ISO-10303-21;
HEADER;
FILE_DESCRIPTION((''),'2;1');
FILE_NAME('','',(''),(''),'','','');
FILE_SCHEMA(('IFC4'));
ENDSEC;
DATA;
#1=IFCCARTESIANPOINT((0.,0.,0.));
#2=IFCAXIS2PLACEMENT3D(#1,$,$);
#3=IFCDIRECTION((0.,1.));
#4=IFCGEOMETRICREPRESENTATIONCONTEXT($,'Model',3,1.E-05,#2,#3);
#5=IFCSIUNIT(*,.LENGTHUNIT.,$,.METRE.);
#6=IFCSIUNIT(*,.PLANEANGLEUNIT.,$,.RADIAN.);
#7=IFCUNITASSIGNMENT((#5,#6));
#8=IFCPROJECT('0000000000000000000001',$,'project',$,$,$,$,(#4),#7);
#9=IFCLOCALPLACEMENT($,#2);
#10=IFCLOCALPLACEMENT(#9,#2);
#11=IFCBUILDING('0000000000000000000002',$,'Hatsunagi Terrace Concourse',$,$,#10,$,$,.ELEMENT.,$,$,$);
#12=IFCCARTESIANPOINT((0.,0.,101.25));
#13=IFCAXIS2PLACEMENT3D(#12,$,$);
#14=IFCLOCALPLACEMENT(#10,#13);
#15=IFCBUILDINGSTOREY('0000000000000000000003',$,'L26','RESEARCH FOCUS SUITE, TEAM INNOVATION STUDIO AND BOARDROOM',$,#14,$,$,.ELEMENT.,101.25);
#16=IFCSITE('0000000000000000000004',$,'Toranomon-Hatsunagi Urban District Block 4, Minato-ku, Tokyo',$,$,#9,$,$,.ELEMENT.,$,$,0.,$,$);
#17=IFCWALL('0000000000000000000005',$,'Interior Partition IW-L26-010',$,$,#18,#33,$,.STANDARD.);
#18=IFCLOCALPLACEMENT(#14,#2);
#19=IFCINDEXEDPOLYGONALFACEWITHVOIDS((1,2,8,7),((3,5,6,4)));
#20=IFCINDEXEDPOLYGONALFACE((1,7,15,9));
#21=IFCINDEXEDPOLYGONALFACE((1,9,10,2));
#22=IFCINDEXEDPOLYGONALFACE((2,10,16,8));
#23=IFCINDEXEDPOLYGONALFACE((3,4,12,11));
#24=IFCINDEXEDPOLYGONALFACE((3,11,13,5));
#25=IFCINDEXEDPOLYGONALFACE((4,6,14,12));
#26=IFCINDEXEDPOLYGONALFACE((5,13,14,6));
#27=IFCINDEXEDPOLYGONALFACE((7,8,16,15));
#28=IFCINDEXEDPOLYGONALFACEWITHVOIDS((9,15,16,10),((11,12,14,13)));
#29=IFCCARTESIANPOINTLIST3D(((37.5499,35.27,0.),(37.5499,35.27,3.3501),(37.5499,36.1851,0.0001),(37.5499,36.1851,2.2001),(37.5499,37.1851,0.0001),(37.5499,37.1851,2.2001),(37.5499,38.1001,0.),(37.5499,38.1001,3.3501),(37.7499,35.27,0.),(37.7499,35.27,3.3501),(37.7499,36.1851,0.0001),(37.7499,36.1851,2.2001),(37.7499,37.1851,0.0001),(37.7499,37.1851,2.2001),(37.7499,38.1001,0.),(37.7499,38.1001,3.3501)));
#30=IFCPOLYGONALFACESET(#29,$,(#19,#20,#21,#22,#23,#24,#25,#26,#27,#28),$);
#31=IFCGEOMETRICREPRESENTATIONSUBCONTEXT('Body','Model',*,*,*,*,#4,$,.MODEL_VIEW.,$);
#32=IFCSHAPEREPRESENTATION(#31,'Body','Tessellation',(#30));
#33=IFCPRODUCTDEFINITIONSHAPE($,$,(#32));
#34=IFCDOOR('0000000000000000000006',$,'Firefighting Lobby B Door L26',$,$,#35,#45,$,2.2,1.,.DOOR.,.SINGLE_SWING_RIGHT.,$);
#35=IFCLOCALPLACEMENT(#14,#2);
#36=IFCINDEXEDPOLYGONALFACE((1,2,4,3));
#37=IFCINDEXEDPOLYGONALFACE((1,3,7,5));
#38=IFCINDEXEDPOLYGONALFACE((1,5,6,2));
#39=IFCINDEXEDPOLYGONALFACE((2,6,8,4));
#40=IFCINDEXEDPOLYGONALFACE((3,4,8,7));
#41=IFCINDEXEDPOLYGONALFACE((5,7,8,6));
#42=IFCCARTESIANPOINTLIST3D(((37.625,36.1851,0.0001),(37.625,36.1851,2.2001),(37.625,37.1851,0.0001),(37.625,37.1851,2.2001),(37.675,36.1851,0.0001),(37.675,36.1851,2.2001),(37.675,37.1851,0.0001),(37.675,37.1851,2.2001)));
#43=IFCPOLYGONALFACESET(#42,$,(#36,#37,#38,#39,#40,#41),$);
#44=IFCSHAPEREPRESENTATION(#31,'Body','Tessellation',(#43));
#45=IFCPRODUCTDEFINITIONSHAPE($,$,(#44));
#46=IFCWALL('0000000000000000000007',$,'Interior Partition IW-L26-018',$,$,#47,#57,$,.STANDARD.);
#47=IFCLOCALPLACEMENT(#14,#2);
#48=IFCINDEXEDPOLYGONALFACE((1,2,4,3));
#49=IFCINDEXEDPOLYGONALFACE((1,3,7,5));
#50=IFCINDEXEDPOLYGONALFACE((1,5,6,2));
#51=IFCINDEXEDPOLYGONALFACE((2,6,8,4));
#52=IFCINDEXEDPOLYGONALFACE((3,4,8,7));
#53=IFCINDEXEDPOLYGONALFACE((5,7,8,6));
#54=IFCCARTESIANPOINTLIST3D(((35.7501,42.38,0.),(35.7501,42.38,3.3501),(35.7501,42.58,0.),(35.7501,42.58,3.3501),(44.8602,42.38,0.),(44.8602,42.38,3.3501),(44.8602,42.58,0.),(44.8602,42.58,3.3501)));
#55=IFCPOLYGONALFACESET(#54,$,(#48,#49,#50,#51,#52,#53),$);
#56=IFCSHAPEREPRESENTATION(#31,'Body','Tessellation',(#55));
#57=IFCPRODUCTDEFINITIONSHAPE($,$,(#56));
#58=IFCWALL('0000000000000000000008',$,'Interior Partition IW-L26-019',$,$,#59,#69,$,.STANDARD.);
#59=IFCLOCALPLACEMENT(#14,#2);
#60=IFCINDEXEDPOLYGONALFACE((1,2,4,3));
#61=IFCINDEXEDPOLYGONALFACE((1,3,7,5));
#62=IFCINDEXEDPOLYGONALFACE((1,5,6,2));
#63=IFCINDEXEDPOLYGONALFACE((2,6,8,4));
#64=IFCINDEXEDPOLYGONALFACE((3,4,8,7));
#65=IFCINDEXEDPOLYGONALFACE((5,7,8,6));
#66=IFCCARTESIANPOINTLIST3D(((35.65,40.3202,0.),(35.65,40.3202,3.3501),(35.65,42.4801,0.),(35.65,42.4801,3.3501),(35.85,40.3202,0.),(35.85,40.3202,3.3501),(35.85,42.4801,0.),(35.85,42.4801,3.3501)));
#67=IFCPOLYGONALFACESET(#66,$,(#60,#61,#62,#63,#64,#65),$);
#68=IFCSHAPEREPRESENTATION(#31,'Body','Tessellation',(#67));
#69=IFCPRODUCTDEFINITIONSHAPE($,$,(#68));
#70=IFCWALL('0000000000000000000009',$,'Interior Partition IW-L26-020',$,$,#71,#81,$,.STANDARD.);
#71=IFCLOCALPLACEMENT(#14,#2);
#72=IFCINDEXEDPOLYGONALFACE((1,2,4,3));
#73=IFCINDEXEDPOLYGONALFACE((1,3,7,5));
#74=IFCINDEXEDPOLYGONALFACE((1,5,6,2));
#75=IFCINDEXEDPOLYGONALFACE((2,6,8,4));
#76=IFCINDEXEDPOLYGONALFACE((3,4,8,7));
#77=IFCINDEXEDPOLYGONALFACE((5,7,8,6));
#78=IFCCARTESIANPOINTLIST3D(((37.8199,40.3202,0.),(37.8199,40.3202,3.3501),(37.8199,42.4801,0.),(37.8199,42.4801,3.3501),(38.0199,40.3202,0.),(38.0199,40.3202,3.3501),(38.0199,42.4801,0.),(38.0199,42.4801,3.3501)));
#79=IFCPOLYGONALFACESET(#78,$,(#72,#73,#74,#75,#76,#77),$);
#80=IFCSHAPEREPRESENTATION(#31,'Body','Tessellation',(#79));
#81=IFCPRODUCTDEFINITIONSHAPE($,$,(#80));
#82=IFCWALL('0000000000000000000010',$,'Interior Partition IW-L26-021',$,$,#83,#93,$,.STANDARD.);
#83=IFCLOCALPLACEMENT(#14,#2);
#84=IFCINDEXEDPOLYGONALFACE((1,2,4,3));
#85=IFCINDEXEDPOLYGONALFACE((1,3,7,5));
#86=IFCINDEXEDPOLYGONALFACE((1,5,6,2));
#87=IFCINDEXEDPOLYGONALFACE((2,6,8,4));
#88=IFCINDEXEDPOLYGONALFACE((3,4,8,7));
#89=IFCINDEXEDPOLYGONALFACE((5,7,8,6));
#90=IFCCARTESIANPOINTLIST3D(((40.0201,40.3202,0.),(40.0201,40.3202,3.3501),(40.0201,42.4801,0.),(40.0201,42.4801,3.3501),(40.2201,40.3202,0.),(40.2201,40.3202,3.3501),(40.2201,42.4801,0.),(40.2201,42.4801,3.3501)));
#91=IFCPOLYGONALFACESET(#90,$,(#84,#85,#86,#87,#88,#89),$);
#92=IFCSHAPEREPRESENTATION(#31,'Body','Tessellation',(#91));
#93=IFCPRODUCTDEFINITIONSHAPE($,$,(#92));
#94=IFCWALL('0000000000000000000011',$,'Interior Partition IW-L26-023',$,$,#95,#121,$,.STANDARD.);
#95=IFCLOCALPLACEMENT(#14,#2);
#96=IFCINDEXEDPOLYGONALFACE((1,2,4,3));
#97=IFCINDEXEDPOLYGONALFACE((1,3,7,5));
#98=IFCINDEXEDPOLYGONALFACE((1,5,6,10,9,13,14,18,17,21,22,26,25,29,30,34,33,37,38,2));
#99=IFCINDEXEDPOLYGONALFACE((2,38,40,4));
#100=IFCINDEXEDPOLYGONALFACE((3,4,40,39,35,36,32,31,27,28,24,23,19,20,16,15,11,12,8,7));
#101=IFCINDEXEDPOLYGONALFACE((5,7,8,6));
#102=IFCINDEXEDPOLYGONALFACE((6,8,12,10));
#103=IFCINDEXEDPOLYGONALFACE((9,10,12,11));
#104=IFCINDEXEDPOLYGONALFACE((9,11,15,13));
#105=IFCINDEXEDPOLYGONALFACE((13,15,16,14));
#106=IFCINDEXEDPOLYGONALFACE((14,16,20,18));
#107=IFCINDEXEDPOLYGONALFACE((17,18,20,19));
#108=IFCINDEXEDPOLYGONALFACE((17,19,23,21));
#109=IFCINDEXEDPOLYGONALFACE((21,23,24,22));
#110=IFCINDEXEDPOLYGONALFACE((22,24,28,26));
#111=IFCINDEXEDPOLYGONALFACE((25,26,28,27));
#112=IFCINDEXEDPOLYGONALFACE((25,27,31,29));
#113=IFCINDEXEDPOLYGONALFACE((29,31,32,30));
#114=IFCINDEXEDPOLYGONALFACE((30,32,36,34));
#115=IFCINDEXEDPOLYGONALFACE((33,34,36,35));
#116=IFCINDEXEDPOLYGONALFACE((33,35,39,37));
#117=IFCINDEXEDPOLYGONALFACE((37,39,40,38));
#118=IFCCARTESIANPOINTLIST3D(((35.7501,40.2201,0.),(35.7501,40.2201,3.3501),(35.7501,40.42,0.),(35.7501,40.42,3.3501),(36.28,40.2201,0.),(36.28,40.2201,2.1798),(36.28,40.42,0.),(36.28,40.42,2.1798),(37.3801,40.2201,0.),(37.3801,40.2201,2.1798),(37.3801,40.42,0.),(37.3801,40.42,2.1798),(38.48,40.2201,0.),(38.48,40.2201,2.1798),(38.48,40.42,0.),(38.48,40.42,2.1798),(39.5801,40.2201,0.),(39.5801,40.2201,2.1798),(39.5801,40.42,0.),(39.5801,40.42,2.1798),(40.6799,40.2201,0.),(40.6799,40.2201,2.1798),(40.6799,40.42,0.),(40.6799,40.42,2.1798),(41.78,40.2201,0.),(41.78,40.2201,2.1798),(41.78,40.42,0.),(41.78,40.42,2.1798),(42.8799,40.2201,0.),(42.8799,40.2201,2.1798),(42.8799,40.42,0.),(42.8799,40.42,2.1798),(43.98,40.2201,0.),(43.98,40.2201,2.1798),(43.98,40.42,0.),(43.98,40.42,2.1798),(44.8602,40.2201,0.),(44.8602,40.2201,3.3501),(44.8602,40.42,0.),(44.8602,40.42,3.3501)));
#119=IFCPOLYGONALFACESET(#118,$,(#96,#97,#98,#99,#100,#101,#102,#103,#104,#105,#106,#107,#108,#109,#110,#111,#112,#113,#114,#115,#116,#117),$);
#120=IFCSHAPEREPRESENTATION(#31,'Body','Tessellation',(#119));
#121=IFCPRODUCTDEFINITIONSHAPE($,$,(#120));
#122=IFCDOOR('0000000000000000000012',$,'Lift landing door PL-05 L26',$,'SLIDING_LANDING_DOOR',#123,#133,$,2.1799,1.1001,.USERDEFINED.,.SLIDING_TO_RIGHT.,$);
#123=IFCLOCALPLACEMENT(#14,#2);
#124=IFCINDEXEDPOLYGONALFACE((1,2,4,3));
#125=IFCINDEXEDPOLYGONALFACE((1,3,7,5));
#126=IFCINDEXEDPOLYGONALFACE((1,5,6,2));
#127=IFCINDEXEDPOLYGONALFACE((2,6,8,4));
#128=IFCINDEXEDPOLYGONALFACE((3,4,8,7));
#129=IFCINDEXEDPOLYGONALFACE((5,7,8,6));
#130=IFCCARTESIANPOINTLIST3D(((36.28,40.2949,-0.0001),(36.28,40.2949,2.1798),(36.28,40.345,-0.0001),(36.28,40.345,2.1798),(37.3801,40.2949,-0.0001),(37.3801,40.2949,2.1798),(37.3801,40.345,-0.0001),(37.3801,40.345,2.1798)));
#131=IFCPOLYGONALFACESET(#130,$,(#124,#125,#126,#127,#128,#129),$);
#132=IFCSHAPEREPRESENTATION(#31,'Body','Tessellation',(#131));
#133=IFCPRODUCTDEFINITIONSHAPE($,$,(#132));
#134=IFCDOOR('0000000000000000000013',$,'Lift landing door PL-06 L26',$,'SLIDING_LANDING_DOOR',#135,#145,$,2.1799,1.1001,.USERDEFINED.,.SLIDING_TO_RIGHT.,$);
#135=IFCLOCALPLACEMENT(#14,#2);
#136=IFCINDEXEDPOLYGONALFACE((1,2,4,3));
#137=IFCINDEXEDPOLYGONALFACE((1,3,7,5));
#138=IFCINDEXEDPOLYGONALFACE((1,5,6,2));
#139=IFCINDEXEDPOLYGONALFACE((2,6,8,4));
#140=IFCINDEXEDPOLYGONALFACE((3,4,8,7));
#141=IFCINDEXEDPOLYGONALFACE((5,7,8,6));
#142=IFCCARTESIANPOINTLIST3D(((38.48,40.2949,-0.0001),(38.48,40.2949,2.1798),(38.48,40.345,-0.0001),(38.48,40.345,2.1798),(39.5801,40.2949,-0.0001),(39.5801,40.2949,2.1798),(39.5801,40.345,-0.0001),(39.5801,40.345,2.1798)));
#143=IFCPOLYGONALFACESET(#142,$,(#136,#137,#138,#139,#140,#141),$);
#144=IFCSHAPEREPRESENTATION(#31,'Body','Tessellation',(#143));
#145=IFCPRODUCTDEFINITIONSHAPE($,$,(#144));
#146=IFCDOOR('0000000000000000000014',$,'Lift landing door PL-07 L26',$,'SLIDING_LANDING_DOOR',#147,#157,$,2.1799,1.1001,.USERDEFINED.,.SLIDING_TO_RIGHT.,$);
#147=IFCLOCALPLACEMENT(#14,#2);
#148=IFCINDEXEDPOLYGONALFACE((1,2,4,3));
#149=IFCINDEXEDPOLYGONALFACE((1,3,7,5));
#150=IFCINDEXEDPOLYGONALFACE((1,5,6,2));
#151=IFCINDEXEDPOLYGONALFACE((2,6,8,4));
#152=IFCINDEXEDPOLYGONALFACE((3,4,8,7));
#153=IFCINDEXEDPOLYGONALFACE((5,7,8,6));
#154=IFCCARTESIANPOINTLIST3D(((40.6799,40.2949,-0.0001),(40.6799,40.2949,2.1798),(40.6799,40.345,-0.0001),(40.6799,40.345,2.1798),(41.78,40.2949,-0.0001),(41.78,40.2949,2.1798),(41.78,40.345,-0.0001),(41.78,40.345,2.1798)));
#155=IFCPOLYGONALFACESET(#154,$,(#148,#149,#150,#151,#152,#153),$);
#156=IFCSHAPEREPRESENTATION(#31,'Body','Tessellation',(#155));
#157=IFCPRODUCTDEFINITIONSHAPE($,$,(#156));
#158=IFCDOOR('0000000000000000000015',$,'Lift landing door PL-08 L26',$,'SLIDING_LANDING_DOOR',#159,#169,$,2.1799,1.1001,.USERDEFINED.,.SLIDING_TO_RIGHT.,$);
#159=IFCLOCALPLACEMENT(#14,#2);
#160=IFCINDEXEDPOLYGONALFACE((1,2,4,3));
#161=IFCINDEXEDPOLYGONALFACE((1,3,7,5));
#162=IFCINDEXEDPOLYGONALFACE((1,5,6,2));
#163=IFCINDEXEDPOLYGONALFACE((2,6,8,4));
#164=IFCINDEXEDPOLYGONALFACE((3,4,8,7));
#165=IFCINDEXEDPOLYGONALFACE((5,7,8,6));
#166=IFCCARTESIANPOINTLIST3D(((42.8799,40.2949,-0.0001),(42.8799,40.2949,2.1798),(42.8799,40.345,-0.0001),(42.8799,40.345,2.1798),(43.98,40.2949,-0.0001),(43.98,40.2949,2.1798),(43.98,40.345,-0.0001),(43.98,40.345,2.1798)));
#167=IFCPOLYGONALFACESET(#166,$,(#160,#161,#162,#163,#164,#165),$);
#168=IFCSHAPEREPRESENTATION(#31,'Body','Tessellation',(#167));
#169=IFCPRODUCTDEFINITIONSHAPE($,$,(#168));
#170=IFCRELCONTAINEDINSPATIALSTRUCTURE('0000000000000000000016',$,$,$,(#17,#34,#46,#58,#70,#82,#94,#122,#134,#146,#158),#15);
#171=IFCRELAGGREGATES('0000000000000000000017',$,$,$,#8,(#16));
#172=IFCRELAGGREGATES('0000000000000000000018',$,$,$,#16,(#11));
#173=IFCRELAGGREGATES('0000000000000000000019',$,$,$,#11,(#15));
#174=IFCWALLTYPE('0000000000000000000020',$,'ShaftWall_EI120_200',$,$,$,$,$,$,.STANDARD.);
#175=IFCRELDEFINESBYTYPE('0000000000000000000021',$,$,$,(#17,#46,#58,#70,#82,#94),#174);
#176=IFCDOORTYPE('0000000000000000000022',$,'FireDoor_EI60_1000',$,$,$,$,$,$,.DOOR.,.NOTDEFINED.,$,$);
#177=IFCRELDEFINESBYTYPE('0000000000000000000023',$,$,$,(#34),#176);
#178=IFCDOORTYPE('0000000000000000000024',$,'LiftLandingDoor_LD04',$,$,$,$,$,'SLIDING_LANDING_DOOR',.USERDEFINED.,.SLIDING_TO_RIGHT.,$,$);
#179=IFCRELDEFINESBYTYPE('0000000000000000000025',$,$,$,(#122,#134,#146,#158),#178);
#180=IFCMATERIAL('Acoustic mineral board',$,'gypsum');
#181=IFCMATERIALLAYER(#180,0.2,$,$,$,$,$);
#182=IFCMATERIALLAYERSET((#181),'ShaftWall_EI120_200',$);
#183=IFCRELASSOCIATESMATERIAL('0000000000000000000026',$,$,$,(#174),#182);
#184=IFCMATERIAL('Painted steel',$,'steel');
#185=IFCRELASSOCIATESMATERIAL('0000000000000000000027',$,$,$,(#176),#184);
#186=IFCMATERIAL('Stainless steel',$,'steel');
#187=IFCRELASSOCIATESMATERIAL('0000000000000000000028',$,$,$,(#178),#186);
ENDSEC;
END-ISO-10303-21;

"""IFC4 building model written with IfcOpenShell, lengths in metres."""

from ifc_helpers import new_model, si_unit, direction, frame, frame_2d, origin, place, context, subcontext, project, spatial, rectangle, extrude, material, layer, layer_set, type_object, element, fill, save


model = new_model("IFC4")

# Units and contexts
model_context = context("Model", 3, precision=1e-05, world=origin(), true_north=direction((0.0, 1.0)))
body_context = subcontext(model_context, "Body", "Model", "MODEL_VIEW")
ifc_project = project(units=[si_unit("LENGTHUNIT", "METRE"), si_unit("PLANEANGLEUNIT", "RADIAN")], contexts=[model_context])

# Site, building, storey
site_placement = place(None, origin())
site = spatial("IfcSite", under=ifc_project, at=site_placement, Name="Toranomon-Hatsunagi Urban District Block 4, Minato-ku, Tokyo", CompositionType="ELEMENT", RefElevation=0.0)
building_placement = place(site_placement, origin())
building = spatial("IfcBuilding", under=site, at=building_placement, Name="Hatsunagi Terrace Concourse", CompositionType="ELEMENT")
storey_placement = place(building_placement, frame((0.0, 0.0, 101.25)))
storey = spatial("IfcBuildingStorey", under=building, at=storey_placement, Name="L26", Description="RESEARCH FOCUS SUITE, TEAM INNOVATION STUDIO AND BOARDROOM", CompositionType="ELEMENT", Elevation=101.25)

# Shared definitions
ifc_material_1 = material(Name="Acoustic mineral board", Category="gypsum")
ifc_layer_1 = layer(ifc_material_1, 0.2)
ifc_layer_set_1 = layer_set([ifc_layer_1], Name="ShaftWall_EI120_200")
wall_type_1 = type_object("IfcWallType", Name="ShaftWall_EI120_200", PredefinedType="STANDARD", material=ifc_layer_set_1)

# Wall, opening, door
wall_1_placement = place(storey_placement, frame((37.6499, 35.27, 0.0), z_axis=(0.0, 0.0, 1.0), x_axis=(0.0, 1.0, 0.0)))
wall_1 = element("IfcWall", 1, at=wall_1_placement, inside=storey, type_object=wall_type_1, Name="Interior Partition IW-L26-010", PredefinedType="STANDARD", context=body_context, shape_type="SweptSolid", body=[
    extrude(rectangle(XDim=2.8301, YDim=0.2, at=frame_2d((1.415, 0.0))), origin(), (0.0, 0.0, 1.0), 3.3501),
])
opening_1_placement = place(wall_1_placement, frame((0.915, 0.0, 0.0)))
opening_1 = element("IfcOpeningElement", 2, at=opening_1_placement, cuts=wall_1, PredefinedType="OPENING", context=body_context, shape_type="SweptSolid", body=[
    extrude(rectangle(XDim=1.0, YDim=2.2, at=frame_2d((0.5, 1.1001))), frame((0.0, 0.1099, 0.0), z_axis=(0.0, -1.0, 0.0), x_axis=(1.0, 0.0, 0.0)), (0.0, 0.0, 1.0), 0.22),
])
ifc_material_2 = material(Name="Painted steel", Category="steel")
door_type_1 = type_object("IfcDoorType", Name="FireDoor_EI60_1000", OperationType="NOTDEFINED", PredefinedType="DOOR", material=ifc_material_2)
door_1_placement = place(opening_1_placement, origin())
door_1 = element("IfcDoor", 3, at=door_1_placement, inside=storey, type_object=door_type_1, Name="Firefighting Lobby B Door L26", OperationType="SINGLE_SWING_RIGHT", OverallHeight=2.2, OverallWidth=1.0, PredefinedType="DOOR", context=body_context, shape_type="SweptSolid", body=[
    extrude(rectangle(XDim=1.0, YDim=2.2, at=frame_2d((0.5, 1.1001))), frame((0.0, 0.0249, 0.0), z_axis=(0.0, -1.0, 0.0), x_axis=(1.0, 0.0, 0.0)), (0.0, 0.0, 1.0), 0.05),
])
fill(opening_1, door_1)

# Walls
wall_2_placement = place(storey_placement, frame((35.75, 42.48, 0.0), z_axis=(0.0, 0.0, 1.0), x_axis=(1.0, 0.0, 0.0)))
element("IfcWall", 4, at=wall_2_placement, inside=storey, type_object=wall_type_1, Name="Interior Partition IW-L26-018", PredefinedType="STANDARD", context=body_context, shape_type="SweptSolid", body=[
    extrude(rectangle(XDim=9.1101, YDim=0.2, at=frame_2d((4.5552, 0.0))), origin(), (0.0, 0.0, 1.0), 3.3501),
])
for number, where, z_axis, x_axis, name in (
    (5, (35.75, 40.3201, 0.0), (0.0, 0.0, 1.0), (0.0, 1.0, 0.0), "Interior Partition IW-L26-019"),
    (6, (37.9199, 40.3201, 0.0), (0.0, 0.0, 1.0), (0.0, 1.0, 0.0), "Interior Partition IW-L26-020"),
    (7, (40.1201, 40.3201, 0.0), (0.0, 0.0, 1.0), (0.0, 1.0, 0.0), "Interior Partition IW-L26-021"),
):
    element("IfcWall", number, at=place(storey_placement, frame(where, z_axis=z_axis, x_axis=x_axis)), inside=storey, type_object=wall_type_1, Name=name, PredefinedType="STANDARD", context=body_context, shape_type="SweptSolid", body=[
        extrude(rectangle(XDim=2.1599, YDim=0.2, at=frame_2d((1.0801, 0.0))), origin(), (0.0, 0.0, 1.0), 3.3501),
    ])

# Wall, openings, doors
wall_3_placement = place(storey_placement, frame((35.75, 40.3201, 0.0), z_axis=(0.0, 0.0, 1.0), x_axis=(1.0, 0.0, 0.0)))
wall_3 = element("IfcWall", 8, at=wall_3_placement, inside=storey, type_object=wall_type_1, Name="Interior Partition IW-L26-023", PredefinedType="STANDARD", context=body_context, shape_type="SweptSolid", body=[
    extrude(rectangle(XDim=9.1101, YDim=0.2, at=frame_2d((4.5552, 0.0))), origin(), (0.0, 0.0, 1.0), 3.3501),
])
opening_2_placement = place(wall_3_placement, frame((0.53, 0.0, 0.0)))
opening_2 = element("IfcOpeningElement", 9, at=opening_2_placement, cuts=wall_3, PredefinedType="OPENING", context=body_context, shape_type="SweptSolid", body=[
    extrude(rectangle(XDim=1.1001, YDim=2.1799, at=frame_2d((0.55, 1.0898))), frame((0.0, 0.1099, 0.0), z_axis=(0.0, -1.0, 0.0), x_axis=(1.0, 0.0, 0.0)), (0.0, 0.0, 1.0), 0.22),
])
opening_3_placement = place(wall_3_placement, frame((2.73, 0.0, 0.0)))
opening_3 = element("IfcOpeningElement", 10, at=opening_3_placement, cuts=wall_3, PredefinedType="OPENING", context=body_context, shape_type="SweptSolid", body=[
    extrude(rectangle(XDim=1.1001, YDim=2.1799, at=frame_2d((0.55, 1.0898))), frame((0.0, 0.1099, 0.0), z_axis=(0.0, -1.0, 0.0), x_axis=(1.0, 0.0, 0.0)), (0.0, 0.0, 1.0), 0.22),
])
opening_4_placement = place(wall_3_placement, frame((4.9299, 0.0, 0.0)))
opening_4 = element("IfcOpeningElement", 11, at=opening_4_placement, cuts=wall_3, PredefinedType="OPENING", context=body_context, shape_type="SweptSolid", body=[
    extrude(rectangle(XDim=1.1001, YDim=2.1799, at=frame_2d((0.55, 1.0898))), frame((0.0, 0.1099, 0.0), z_axis=(0.0, -1.0, 0.0), x_axis=(1.0, 0.0, 0.0)), (0.0, 0.0, 1.0), 0.22),
])
opening_5_placement = place(wall_3_placement, frame((7.1299, 0.0, 0.0)))
opening_5 = element("IfcOpeningElement", 12, at=opening_5_placement, cuts=wall_3, PredefinedType="OPENING", context=body_context, shape_type="SweptSolid", body=[
    extrude(rectangle(XDim=1.1001, YDim=2.1799, at=frame_2d((0.55, 1.0898))), frame((0.0, 0.1099, 0.0), z_axis=(0.0, -1.0, 0.0), x_axis=(1.0, 0.0, 0.0)), (0.0, 0.0, 1.0), 0.22),
])
ifc_material_3 = material(Name="Stainless steel", Category="steel")
door_type_2 = type_object("IfcDoorType", Name="LiftLandingDoor_LD04", ElementType="SLIDING_LANDING_DOOR", OperationType="SLIDING_TO_RIGHT", PredefinedType="USERDEFINED", material=ifc_material_3)
door_2_placement = place(opening_2_placement, origin())
door_2 = element("IfcDoor", 13, at=door_2_placement, inside=storey, type_object=door_type_2, Name="Lift landing door PL-05 L26", ObjectType="SLIDING_LANDING_DOOR", OperationType="SLIDING_TO_RIGHT", OverallHeight=2.1799, OverallWidth=1.1001, PredefinedType="USERDEFINED", context=body_context, shape_type="SweptSolid", body=[
    extrude(rectangle(XDim=1.1001, YDim=2.1799, at=frame_2d((0.55, 1.0898))), frame((0.0, 0.0249, 0.0), z_axis=(0.0, -1.0, 0.0), x_axis=(1.0, 0.0, 0.0)), (0.0, 0.0, 1.0), 0.05),
])
fill(opening_2, door_2)
door_3_placement = place(opening_3_placement, origin())
door_3 = element("IfcDoor", 14, at=door_3_placement, inside=storey, type_object=door_type_2, Name="Lift landing door PL-06 L26", ObjectType="SLIDING_LANDING_DOOR", OperationType="SLIDING_TO_RIGHT", OverallHeight=2.1799, OverallWidth=1.1001, PredefinedType="USERDEFINED", context=body_context, shape_type="SweptSolid", body=[
    extrude(rectangle(XDim=1.1001, YDim=2.1799, at=frame_2d((0.55, 1.0898))), frame((0.0, 0.0249, 0.0), z_axis=(0.0, -1.0, 0.0), x_axis=(1.0, 0.0, 0.0)), (0.0, 0.0, 1.0), 0.05),
])
fill(opening_3, door_3)
door_4_placement = place(opening_4_placement, origin())
door_4 = element("IfcDoor", 15, at=door_4_placement, inside=storey, type_object=door_type_2, Name="Lift landing door PL-07 L26", ObjectType="SLIDING_LANDING_DOOR", OperationType="SLIDING_TO_RIGHT", OverallHeight=2.1799, OverallWidth=1.1001, PredefinedType="USERDEFINED", context=body_context, shape_type="SweptSolid", body=[
    extrude(rectangle(XDim=1.1001, YDim=2.1799, at=frame_2d((0.55, 1.0898))), frame((0.0, 0.0249, 0.0), z_axis=(0.0, -1.0, 0.0), x_axis=(1.0, 0.0, 0.0)), (0.0, 0.0, 1.0), 0.05),
])
fill(opening_4, door_4)
door_5_placement = place(opening_5_placement, origin())
door_5 = element("IfcDoor", 16, at=door_5_placement, inside=storey, type_object=door_type_2, Name="Lift landing door PL-08 L26", ObjectType="SLIDING_LANDING_DOOR", OperationType="SLIDING_TO_RIGHT", OverallHeight=2.1799, OverallWidth=1.1001, PredefinedType="USERDEFINED", context=body_context, shape_type="SweptSolid", body=[
    extrude(rectangle(XDim=1.1001, YDim=2.1799, at=frame_2d((0.55, 1.0898))), frame((0.0, 0.0249, 0.0), z_axis=(0.0, -1.0, 0.0), x_axis=(1.0, 0.0, 0.0)), (0.0, 0.0, 1.0), 0.05),
])
fill(opening_5, door_5)

save(model, "model.ifc")
